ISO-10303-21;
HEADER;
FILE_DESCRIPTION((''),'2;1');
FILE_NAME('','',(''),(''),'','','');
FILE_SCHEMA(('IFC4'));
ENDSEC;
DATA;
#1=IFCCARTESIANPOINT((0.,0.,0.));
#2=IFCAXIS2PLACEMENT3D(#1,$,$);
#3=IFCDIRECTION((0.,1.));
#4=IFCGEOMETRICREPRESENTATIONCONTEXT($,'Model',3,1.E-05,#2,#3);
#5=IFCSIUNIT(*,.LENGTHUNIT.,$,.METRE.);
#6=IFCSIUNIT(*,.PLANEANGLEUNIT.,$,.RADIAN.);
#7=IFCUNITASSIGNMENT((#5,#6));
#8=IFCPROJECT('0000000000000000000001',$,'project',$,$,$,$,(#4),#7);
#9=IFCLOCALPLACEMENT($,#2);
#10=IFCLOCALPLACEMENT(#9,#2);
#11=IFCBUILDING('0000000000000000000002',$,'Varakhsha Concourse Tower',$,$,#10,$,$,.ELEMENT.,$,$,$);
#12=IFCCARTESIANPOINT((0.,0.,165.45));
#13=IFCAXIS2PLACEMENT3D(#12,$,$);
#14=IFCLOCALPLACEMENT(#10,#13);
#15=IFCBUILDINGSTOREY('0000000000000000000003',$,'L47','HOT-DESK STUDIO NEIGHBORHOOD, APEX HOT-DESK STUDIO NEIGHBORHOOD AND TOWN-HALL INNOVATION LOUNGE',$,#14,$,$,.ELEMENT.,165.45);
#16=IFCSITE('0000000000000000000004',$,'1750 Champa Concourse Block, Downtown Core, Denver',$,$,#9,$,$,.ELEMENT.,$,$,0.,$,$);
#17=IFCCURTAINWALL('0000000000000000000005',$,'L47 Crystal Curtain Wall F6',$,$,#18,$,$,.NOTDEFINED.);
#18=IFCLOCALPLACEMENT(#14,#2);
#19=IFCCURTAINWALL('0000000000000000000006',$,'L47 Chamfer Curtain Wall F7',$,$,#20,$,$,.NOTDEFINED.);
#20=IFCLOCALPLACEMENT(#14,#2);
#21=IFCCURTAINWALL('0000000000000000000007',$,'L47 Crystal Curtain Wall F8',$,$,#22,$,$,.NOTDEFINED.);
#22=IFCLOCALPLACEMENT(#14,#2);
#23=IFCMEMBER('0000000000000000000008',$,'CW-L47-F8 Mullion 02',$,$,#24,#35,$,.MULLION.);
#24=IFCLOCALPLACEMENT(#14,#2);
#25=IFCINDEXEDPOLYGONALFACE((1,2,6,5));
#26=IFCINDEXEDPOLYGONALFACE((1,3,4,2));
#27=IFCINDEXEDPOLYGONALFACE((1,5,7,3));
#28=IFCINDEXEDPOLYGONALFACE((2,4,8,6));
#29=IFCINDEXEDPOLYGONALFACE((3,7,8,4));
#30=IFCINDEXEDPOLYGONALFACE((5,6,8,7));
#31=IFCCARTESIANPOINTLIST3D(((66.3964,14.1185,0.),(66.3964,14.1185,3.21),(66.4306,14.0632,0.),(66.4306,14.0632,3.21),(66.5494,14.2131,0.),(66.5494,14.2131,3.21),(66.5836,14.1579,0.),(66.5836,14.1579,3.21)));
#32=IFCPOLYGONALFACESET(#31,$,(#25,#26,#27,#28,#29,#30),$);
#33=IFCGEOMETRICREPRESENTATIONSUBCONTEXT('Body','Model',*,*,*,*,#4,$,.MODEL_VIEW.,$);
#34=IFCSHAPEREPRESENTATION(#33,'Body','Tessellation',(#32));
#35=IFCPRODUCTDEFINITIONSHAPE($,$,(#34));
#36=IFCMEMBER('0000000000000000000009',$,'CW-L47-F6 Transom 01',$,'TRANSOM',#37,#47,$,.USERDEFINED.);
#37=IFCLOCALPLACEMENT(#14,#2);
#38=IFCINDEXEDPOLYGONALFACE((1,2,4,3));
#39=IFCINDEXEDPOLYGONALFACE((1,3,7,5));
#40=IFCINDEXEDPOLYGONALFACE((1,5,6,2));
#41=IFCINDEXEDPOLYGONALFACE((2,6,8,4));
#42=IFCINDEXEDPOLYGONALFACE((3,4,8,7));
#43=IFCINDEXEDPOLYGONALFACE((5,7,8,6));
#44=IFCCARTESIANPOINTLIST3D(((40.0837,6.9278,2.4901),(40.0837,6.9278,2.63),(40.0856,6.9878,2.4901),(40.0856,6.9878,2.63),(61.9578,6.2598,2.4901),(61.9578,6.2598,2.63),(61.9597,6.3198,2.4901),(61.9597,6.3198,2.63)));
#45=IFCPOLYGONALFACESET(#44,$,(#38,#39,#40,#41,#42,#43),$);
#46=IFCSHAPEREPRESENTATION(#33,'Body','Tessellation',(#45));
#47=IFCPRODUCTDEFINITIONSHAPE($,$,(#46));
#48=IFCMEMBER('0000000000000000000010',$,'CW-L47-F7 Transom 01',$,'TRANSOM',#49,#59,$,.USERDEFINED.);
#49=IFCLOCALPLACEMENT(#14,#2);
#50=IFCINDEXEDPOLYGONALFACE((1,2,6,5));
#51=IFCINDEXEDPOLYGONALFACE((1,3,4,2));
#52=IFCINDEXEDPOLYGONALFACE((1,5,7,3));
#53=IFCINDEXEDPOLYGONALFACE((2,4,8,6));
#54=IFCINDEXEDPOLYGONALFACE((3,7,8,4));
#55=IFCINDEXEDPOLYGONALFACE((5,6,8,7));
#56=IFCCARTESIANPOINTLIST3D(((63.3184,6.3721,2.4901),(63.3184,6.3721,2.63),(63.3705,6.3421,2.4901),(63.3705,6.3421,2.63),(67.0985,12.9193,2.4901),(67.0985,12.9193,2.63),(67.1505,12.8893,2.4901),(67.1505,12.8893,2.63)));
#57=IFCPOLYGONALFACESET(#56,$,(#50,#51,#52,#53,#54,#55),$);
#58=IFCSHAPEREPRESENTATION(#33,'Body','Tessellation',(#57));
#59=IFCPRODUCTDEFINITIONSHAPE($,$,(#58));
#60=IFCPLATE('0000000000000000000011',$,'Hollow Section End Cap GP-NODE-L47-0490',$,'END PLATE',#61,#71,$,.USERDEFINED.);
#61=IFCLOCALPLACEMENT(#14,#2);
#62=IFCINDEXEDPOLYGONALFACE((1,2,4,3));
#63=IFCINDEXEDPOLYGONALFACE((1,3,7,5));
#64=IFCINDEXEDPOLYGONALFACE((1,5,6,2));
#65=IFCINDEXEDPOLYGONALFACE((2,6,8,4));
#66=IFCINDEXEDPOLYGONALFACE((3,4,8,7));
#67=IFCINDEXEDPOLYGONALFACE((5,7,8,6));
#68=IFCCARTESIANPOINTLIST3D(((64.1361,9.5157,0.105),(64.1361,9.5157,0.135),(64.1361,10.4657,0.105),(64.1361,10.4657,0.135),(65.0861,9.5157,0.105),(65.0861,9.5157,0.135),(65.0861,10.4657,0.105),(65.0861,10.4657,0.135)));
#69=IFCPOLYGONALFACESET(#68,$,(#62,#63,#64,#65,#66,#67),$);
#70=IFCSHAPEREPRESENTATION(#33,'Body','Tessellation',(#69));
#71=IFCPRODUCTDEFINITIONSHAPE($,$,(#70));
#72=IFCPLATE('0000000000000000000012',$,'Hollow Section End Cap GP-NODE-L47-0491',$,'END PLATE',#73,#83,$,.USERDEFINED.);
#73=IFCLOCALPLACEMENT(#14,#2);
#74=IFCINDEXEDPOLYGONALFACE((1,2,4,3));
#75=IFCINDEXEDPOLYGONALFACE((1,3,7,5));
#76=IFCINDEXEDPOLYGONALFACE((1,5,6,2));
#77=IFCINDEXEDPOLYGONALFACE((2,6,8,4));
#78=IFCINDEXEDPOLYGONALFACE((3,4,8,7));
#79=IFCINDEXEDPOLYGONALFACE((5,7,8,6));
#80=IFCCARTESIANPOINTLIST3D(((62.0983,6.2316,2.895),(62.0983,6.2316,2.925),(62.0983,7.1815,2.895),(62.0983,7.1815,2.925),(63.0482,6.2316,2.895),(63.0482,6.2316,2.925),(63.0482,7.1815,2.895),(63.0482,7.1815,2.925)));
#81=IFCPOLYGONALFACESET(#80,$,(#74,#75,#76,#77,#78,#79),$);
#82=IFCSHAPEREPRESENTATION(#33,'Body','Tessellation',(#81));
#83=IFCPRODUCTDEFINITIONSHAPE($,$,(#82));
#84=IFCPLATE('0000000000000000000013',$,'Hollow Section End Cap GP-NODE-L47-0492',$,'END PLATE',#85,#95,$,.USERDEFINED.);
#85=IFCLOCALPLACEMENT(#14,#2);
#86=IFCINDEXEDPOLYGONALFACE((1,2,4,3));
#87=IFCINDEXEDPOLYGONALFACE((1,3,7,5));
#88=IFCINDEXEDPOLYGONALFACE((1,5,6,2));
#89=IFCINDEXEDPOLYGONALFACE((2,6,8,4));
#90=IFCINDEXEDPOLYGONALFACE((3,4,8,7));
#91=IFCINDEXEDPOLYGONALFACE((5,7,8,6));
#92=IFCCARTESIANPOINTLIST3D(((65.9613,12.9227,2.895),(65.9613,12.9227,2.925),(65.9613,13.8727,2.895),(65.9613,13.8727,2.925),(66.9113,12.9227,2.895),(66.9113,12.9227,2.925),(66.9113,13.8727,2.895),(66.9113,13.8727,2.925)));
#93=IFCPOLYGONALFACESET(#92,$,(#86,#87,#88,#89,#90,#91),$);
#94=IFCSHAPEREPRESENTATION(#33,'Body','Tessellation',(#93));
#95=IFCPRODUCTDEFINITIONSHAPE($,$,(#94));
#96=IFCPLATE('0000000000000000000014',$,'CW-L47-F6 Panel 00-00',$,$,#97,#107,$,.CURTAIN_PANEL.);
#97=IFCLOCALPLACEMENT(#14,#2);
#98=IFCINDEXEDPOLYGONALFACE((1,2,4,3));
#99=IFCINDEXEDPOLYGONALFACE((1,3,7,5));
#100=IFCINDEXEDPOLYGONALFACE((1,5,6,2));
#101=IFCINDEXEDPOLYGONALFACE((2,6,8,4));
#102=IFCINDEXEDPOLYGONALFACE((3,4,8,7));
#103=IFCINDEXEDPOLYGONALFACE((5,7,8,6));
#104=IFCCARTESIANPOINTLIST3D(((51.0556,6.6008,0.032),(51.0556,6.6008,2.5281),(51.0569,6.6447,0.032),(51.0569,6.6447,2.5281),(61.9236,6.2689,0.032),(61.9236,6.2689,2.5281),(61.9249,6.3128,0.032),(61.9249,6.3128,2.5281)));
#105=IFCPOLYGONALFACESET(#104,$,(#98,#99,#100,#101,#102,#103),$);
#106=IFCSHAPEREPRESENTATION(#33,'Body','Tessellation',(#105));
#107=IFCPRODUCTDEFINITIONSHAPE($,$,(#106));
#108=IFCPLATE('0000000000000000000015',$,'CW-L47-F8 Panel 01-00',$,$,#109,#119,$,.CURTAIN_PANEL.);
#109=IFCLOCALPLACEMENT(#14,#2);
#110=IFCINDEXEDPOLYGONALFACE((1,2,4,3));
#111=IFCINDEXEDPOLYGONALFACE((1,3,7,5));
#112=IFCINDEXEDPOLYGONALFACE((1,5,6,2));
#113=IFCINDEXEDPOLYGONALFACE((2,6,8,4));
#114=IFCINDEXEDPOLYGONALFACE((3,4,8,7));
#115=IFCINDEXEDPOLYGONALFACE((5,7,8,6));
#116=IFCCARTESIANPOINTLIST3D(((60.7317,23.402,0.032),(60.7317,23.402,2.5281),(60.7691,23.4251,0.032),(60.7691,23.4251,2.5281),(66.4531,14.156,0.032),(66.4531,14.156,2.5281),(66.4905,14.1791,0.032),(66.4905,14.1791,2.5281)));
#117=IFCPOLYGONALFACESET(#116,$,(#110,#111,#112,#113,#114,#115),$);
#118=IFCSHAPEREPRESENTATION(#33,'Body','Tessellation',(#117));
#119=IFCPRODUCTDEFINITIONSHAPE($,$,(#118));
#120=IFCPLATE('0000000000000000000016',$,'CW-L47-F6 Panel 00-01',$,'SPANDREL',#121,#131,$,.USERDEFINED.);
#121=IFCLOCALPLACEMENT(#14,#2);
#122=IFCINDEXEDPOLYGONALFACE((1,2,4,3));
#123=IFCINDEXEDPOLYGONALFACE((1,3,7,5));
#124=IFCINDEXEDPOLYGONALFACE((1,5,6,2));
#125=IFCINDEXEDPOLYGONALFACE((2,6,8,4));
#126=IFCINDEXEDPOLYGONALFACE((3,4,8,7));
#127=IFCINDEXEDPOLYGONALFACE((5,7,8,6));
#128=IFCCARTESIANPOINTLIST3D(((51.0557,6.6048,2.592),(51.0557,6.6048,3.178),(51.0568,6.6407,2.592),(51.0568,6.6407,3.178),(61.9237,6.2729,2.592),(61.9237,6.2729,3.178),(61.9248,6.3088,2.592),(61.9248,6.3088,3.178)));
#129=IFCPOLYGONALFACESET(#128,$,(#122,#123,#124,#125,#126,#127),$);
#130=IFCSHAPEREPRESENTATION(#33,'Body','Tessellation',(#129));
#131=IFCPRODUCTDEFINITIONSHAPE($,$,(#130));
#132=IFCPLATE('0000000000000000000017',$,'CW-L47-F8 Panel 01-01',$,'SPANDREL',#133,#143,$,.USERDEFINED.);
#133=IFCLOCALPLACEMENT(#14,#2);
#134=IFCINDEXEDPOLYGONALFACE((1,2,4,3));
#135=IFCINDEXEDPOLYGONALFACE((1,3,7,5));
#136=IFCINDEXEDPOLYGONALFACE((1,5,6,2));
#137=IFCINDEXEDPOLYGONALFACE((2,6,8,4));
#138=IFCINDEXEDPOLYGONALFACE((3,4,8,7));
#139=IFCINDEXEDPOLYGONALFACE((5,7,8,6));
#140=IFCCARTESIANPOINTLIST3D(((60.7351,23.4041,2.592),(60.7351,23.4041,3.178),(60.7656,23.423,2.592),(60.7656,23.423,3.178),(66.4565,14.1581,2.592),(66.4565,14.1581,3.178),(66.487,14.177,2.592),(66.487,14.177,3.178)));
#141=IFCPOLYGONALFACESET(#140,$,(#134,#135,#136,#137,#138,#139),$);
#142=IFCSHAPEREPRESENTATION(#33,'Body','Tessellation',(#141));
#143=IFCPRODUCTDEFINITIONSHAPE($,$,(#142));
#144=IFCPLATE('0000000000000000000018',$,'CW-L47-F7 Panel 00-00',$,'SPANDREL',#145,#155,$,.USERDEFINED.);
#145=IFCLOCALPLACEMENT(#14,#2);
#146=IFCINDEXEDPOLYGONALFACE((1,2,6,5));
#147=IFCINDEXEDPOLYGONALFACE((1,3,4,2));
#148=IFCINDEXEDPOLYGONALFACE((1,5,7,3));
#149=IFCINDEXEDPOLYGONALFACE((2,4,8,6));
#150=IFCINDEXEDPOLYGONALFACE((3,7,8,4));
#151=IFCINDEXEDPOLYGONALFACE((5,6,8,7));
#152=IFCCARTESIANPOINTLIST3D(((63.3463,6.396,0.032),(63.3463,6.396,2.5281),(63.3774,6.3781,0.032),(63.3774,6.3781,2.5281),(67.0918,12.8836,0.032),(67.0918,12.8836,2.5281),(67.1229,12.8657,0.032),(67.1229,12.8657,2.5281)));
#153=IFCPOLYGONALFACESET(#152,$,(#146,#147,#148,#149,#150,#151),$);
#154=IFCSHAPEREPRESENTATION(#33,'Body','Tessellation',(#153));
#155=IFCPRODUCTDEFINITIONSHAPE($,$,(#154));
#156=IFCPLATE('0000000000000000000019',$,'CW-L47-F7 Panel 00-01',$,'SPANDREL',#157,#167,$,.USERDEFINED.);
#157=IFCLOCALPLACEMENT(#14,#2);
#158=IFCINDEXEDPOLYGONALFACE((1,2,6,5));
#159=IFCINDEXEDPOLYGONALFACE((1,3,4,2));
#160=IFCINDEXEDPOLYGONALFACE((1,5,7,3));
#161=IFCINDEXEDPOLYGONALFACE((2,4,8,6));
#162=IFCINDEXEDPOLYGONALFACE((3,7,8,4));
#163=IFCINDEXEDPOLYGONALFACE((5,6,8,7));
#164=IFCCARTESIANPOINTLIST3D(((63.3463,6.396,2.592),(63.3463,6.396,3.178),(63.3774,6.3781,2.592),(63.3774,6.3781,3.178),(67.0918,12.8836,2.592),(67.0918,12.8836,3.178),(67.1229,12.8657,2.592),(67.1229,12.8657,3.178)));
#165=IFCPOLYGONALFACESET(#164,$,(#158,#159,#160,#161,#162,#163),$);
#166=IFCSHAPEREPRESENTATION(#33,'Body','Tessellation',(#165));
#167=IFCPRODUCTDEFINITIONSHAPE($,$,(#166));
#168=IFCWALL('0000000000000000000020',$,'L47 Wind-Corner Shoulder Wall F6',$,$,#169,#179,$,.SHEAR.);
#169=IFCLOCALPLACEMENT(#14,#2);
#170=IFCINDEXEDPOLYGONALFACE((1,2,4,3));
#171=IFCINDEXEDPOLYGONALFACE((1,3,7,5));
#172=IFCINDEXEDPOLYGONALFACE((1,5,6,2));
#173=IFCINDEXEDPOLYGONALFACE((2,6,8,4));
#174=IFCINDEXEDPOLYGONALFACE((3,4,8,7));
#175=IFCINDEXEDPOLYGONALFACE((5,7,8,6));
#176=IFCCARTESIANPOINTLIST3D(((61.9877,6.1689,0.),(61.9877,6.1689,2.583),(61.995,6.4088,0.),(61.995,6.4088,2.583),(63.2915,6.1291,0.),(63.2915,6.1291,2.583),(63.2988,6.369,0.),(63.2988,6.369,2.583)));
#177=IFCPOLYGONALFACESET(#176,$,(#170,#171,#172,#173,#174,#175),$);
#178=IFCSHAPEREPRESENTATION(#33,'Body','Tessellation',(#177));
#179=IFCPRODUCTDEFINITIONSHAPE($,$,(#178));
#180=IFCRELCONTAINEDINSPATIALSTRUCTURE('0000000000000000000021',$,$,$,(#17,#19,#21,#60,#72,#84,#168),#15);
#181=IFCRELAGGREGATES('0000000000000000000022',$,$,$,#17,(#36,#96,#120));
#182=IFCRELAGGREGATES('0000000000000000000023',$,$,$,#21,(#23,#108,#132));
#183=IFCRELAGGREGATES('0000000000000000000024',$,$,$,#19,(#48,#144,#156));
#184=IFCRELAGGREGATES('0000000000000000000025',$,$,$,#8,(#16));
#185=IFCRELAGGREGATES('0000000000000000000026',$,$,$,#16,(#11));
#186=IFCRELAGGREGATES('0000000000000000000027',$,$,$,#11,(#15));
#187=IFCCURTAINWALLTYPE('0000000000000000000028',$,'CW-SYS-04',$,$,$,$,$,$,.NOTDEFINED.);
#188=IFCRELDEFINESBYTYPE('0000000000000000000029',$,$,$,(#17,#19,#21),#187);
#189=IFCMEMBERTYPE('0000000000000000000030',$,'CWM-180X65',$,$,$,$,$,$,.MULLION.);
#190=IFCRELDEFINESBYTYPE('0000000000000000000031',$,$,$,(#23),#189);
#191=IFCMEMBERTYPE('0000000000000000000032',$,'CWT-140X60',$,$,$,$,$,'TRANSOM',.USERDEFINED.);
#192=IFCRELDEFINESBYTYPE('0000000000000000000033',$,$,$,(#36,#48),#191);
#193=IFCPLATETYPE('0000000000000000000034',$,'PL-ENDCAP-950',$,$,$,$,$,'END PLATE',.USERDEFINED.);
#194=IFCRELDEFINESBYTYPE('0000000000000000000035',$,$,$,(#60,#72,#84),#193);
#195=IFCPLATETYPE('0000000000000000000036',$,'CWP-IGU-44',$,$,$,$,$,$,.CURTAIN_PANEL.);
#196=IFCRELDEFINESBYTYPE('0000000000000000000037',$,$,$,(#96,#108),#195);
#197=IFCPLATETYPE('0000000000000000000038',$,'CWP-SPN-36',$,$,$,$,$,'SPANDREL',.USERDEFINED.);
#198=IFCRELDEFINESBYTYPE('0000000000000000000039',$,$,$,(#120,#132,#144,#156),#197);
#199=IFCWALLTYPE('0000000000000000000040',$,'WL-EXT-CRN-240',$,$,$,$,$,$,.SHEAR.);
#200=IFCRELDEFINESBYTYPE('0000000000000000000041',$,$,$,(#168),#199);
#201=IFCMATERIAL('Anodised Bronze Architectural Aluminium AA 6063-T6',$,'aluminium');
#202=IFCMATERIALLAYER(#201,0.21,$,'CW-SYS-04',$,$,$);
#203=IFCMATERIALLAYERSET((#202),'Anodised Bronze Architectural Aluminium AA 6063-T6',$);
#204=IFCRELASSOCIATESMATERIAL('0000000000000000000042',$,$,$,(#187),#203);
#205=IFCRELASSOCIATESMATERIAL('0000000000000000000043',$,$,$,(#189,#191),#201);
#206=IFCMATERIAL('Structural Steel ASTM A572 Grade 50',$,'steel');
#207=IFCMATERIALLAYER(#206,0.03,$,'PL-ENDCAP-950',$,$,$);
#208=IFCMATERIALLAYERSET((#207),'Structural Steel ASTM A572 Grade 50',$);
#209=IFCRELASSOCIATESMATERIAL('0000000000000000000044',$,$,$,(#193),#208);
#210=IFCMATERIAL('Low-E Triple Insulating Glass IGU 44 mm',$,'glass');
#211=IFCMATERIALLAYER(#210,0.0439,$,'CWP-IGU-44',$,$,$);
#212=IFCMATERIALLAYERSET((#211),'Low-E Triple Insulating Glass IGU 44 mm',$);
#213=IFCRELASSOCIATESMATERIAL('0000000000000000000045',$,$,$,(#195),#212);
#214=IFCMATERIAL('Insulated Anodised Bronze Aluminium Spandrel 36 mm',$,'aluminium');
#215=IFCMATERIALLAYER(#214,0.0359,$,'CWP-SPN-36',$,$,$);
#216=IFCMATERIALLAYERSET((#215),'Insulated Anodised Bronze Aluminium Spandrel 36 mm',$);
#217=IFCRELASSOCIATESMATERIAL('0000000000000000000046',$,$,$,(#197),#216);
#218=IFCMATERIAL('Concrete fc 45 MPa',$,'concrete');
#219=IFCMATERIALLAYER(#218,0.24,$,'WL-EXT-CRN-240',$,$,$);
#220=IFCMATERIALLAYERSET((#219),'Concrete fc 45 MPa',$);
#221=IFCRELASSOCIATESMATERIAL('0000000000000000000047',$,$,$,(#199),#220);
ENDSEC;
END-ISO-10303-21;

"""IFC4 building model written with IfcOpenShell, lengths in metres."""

from ifc_helpers import new_model, si_unit, direction, frame, frame_2d, origin, origin_2d, place, context, subcontext, project, spatial, rectangle, extrude, source, transform, mapped, material, layer, layer_set, material_profile, profile_set, type_object, type_shapes, element, aggregate, save


model = new_model("IFC4")

# Units and contexts
model_context = context("Model", 3, precision=1e-05, world=origin(), true_north=direction((0.0, 1.0)))
body_context = subcontext(model_context, "Body", "Model", "MODEL_VIEW")
ifc_project = project(units=[si_unit("LENGTHUNIT", "METRE"), si_unit("PLANEANGLEUNIT", "RADIAN")], contexts=[model_context])

# Site, building, storey
site_placement = place(None, origin())
site = spatial("IfcSite", under=ifc_project, at=site_placement, Name="1750 Champa Concourse Block, Downtown Core, Denver", CompositionType="ELEMENT", RefElevation=0.0)
building_placement = place(site_placement, origin())
building = spatial("IfcBuilding", under=site, at=building_placement, Name="Varakhsha Concourse Tower", CompositionType="ELEMENT")
storey_placement = place(building_placement, frame((0.0, 0.0, 165.45)))
storey = spatial("IfcBuildingStorey", under=building, at=storey_placement, Name="L47", Description="HOT-DESK STUDIO NEIGHBORHOOD, APEX HOT-DESK STUDIO NEIGHBORHOOD AND TOWN-HALL INNOVATION LOUNGE", CompositionType="ELEMENT", Elevation=165.45)

# Shared definitions
ifc_material_1 = material(Name="Structural Steel ASTM A572 Grade 50", Category="steel")

# Curtain wall
ifc_material_2 = material(Name="Anodised Bronze Architectural Aluminium AA 6063-T6", Category="aluminium")
ifc_layer_1 = layer(ifc_material_2, 0.21, Name="CW-SYS-04")
ifc_layer_set_1 = layer_set([ifc_layer_1], Name="Anodised Bronze Architectural Aluminium AA 6063-T6")
curtain_wall_type = type_object("IfcCurtainWallType", Name="CW-SYS-04", PredefinedType="NOTDEFINED", material=ifc_layer_set_1)
curtain_wall_1_placement = place(storey_placement, origin())
curtain_wall_1 = element("IfcCurtainWall", 1, at=curtain_wall_1_placement, inside=storey, type_object=curtain_wall_type, Name="L47 Crystal Curtain Wall F6", PredefinedType="NOTDEFINED")
ifc_material_profile_1 = material_profile(ifc_material_2, rectangle(XDim=0.0649, YDim=0.1799, at=origin_2d()), Name="CWM-180X65")
ifc_profile_set_1 = profile_set([ifc_material_profile_1], Name="Anodised Bronze Architectural Aluminium AA 6063-T6")
member_type_1 = type_object("IfcMemberType", Name="CWM-180X65", PredefinedType="MULLION", material=ifc_profile_set_1)
shared_shape_1 = source(origin(), body_context, "Body", "SweptSolid", [
    extrude(rectangle(XDim=0.0649, YDim=0.1799, at=origin_2d()), origin(), (0.0, 0.0, 1.0), 3.21),
])
type_shapes(member_type_1, [shared_shape_1])

# Curtain wall
curtain_wall_2_placement = place(storey_placement, origin())
curtain_wall_2 = element("IfcCurtainWall", 2, at=curtain_wall_2_placement, inside=storey, type_object=curtain_wall_type, Name="L47 Chamfer Curtain Wall F7", PredefinedType="NOTDEFINED")

# Curtain wall, member
curtain_wall_3_placement = place(storey_placement, origin())
curtain_wall_3 = element("IfcCurtainWall", 3, at=curtain_wall_3_placement, inside=storey, type_object=curtain_wall_type, Name="L47 Crystal Curtain Wall F8", PredefinedType="NOTDEFINED")
member_1_placement = place(storey_placement, frame((66.49, 14.1382, 0.0), z_axis=(0.0, 0.0, 1.0), x_axis=(0.526199, -0.850361, 0.0)))
member_1 = element("IfcMember", 4, at=member_1_placement, type_object=member_type_1, Name="CW-L47-F8 Mullion 02", PredefinedType="MULLION", context=body_context, shape_type="MappedRepresentation", body=[
    mapped(shared_shape_1, transform((0.0, 0.0, 0.0), scale=1.0)),
])

# Members
ifc_material_profile_2 = material_profile(ifc_material_2, rectangle(XDim=0.0601, YDim=0.1399, at=origin_2d()), Name="CWT-140X60")
ifc_profile_set_2 = profile_set([ifc_material_profile_2], Name="Anodised Bronze Architectural Aluminium AA 6063-T6")
member_type_2 = type_object("IfcMemberType", Name="CWT-140X60", ElementType="TRANSOM", PredefinedType="USERDEFINED", material=ifc_profile_set_2)
shared_shape_2 = source(origin(), body_context, "Body", "SweptSolid", [
    extrude(rectangle(XDim=0.0601, YDim=0.1399, at=origin_2d()), origin(), (0.0, 0.0, 1.0), 21.8843),
])
member_2_placement = place(storey_placement, frame((61.9587, 6.2898, 2.5601), z_axis=(-0.999534, 0.030523, 0.0), x_axis=(-0.030523, -0.999534, 0.0)))
member_2 = element("IfcMember", 5, at=member_2_placement, type_object=member_type_2, Name="CW-L47-F6 Transom 01", ObjectType="TRANSOM", PredefinedType="USERDEFINED", context=body_context, shape_type="MappedRepresentation", body=[
    mapped(shared_shape_2, transform((0.0, 0.0, 0.0), scale=1.0)),
])
shared_shape_3 = source(origin(), body_context, "Body", "SweptSolid", [
    extrude(rectangle(XDim=0.0601, YDim=0.1399, at=origin_2d()), origin(), (0.0, 0.0, 1.0), 7.5601),
])
type_shapes(member_type_2, [shared_shape_2, shared_shape_3])
member_3_placement = place(storey_placement, frame((67.1245, 12.9043, 2.5601), z_axis=(-0.500005, -0.866023, 0.0), x_axis=(0.866023, -0.500005, 0.0)))
member_3 = element("IfcMember", 6, at=member_3_placement, type_object=member_type_2, Name="CW-L47-F7 Transom 01", ObjectType="TRANSOM", PredefinedType="USERDEFINED", context=body_context, shape_type="MappedRepresentation", body=[
    mapped(shared_shape_3, transform((0.0, 0.0, 0.0), scale=1.0)),
])

# Plates
ifc_layer_2 = layer(ifc_material_1, 0.03, Name="PL-ENDCAP-950")
ifc_layer_set_2 = layer_set([ifc_layer_2], Name="Structural Steel ASTM A572 Grade 50")
plate_type_1 = type_object("IfcPlateType", Name="PL-ENDCAP-950", ElementType="END PLATE", PredefinedType="USERDEFINED", material=ifc_layer_set_2)
shared_shape_4 = source(origin(), body_context, "Body", "SweptSolid", [
    extrude(rectangle(XDim=0.95, YDim=0.95, at=origin_2d()), origin(), (0.0, 0.0, 1.0), 0.03),
])
type_shapes(plate_type_1, [shared_shape_4])
for number, where, z_axis, x_axis, name in (
    (7, (64.6111, 9.9907, 0.105), (0.0, 0.0, 1.0), (1.0, 0.0, 0.0), "Hollow Section End Cap GP-NODE-L47-0490"),
    (8, (62.5732, 6.7065, 2.895), (0.0, 0.0, 1.0), (1.0, 0.0, 0.0), "Hollow Section End Cap GP-NODE-L47-0491"),
    (9, (66.4363, 13.3977, 2.895), (0.0, 0.0, 1.0), (1.0, 0.0, 0.0), "Hollow Section End Cap GP-NODE-L47-0492"),
):
    element("IfcPlate", number, at=place(storey_placement, frame(where, z_axis=z_axis, x_axis=x_axis)), inside=storey, type_object=plate_type_1, Name=name, ObjectType="END PLATE", PredefinedType="USERDEFINED", context=body_context, shape_type="MappedRepresentation", body=[
        mapped(shared_shape_4, transform((0.0, 0.0, 0.0), scale=1.0)),
    ])

# Plates
ifc_material_3 = material(Name="Low-E Triple Insulating Glass IGU 44 mm", Category="glass")
ifc_layer_3 = layer(ifc_material_3, 0.0439, Name="CWP-IGU-44")
ifc_layer_set_3 = layer_set([ifc_layer_3], Name="Low-E Triple Insulating Glass IGU 44 mm")
plate_type_2 = type_object("IfcPlateType", Name="CWP-IGU-44", PredefinedType="CURTAIN_PANEL", material=ifc_layer_set_3)
shared_shape_5 = source(origin(), body_context, "Body", "SweptSolid", [
    extrude(rectangle(XDim=10.873, YDim=0.0439, at=origin_2d()), origin(), (0.0, 0.0, 1.0), 2.4961),
])
type_shapes(plate_type_2, [shared_shape_5])
plate_1_placement = place(storey_placement, frame((56.4902, 6.4568, 0.032), z_axis=(0.0, 0.0, 1.0), x_axis=(-0.999534, 0.030525, 0.0)))
plate_1 = element("IfcPlate", 10, at=plate_1_placement, type_object=plate_type_2, Name="CW-L47-F6 Panel 00-00", PredefinedType="CURTAIN_PANEL", context=body_context, shape_type="MappedRepresentation", body=[
    mapped(shared_shape_5, transform((0.0, 0.0, 0.0), scale=1.0)),
])
plate_2_placement = place(storey_placement, frame((63.6111, 18.7905, 0.032), z_axis=(0.0, 0.0, 1.0), x_axis=(0.526199, -0.850361, 0.0)))
plate_2 = element("IfcPlate", 11, at=plate_2_placement, type_object=plate_type_2, Name="CW-L47-F8 Panel 01-00", PredefinedType="CURTAIN_PANEL", context=body_context, shape_type="MappedRepresentation", body=[
    mapped(shared_shape_5, transform((0.0, 0.0, 0.0), scale=1.0)),
])
ifc_material_4 = material(Name="Insulated Anodised Bronze Aluminium Spandrel 36 mm", Category="aluminium")
ifc_layer_4 = layer(ifc_material_4, 0.0359, Name="CWP-SPN-36")
ifc_layer_set_4 = layer_set([ifc_layer_4], Name="Insulated Anodised Bronze Aluminium Spandrel 36 mm")
plate_type_3 = type_object("IfcPlateType", Name="CWP-SPN-36", ElementType="SPANDREL", PredefinedType="USERDEFINED", material=ifc_layer_set_4)
shared_shape_6 = source(origin(), body_context, "Body", "SweptSolid", [
    extrude(rectangle(XDim=10.873, YDim=0.0359, at=origin_2d()), origin(), (0.0, 0.0, 1.0), 0.5859),
])
plate_3_placement = place(storey_placement, frame((56.4902, 6.4568, 2.592), z_axis=(0.0, 0.0, 1.0), x_axis=(-0.999534, 0.030525, 0.0)))
plate_3 = element("IfcPlate", 12, at=plate_3_placement, type_object=plate_type_3, Name="CW-L47-F6 Panel 00-01", ObjectType="SPANDREL", PredefinedType="USERDEFINED", context=body_context, shape_type="MappedRepresentation", body=[
    mapped(shared_shape_6, transform((0.0, 0.0, 0.0), scale=1.0)),
])
aggregate(curtain_wall_1, [member_2, plate_1, plate_3])
plate_4_placement = place(storey_placement, frame((63.6111, 18.7905, 2.592), z_axis=(0.0, 0.0, 1.0), x_axis=(0.526199, -0.850361, 0.0)))
plate_4 = element("IfcPlate", 13, at=plate_4_placement, type_object=plate_type_3, Name="CW-L47-F8 Panel 01-01", ObjectType="SPANDREL", PredefinedType="USERDEFINED", context=body_context, shape_type="MappedRepresentation", body=[
    mapped(shared_shape_6, transform((0.0, 0.0, 0.0), scale=1.0)),
])
aggregate(curtain_wall_3, [member_1, plate_2, plate_4])
shared_shape_7 = source(origin(), body_context, "Body", "SweptSolid", [
    extrude(rectangle(XDim=7.4912, YDim=0.0359, at=origin_2d()), origin(), (0.0, 0.0, 1.0), 2.4961),
])
plate_5_placement = place(storey_placement, frame((65.2346, 9.6309, 0.032), z_axis=(0.0, 0.0, 1.0), x_axis=(-0.499991, -0.866031, 0.0)))
plate_5 = element("IfcPlate", 14, at=plate_5_placement, type_object=plate_type_3, Name="CW-L47-F7 Panel 00-00", ObjectType="SPANDREL", PredefinedType="USERDEFINED", context=body_context, shape_type="MappedRepresentation", body=[
    mapped(shared_shape_7, transform((0.0, 0.0, 0.0), scale=1.0)),
])
shared_shape_8 = source(origin(), body_context, "Body", "SweptSolid", [
    extrude(rectangle(XDim=7.4912, YDim=0.0359, at=origin_2d()), origin(), (0.0, 0.0, 1.0), 0.5859),
])
type_shapes(plate_type_3, [shared_shape_6, shared_shape_7, shared_shape_8])
plate_6_placement = place(storey_placement, frame((65.2346, 9.6309, 2.592), z_axis=(0.0, 0.0, 1.0), x_axis=(-0.499991, -0.866031, 0.0)))
plate_6 = element("IfcPlate", 15, at=plate_6_placement, type_object=plate_type_3, Name="CW-L47-F7 Panel 00-01", ObjectType="SPANDREL", PredefinedType="USERDEFINED", context=body_context, shape_type="MappedRepresentation", body=[
    mapped(shared_shape_8, transform((0.0, 0.0, 0.0), scale=1.0)),
])
aggregate(curtain_wall_2, [member_3, plate_5, plate_6])

# Wall
ifc_material_5 = material(Name="Concrete fc 45 MPa", Category="concrete")
ifc_layer_5 = layer(ifc_material_5, 0.24, Name="WL-EXT-CRN-240")
ifc_layer_set_5 = layer_set([ifc_layer_5], Name="Concrete fc 45 MPa")
wall_type = type_object("IfcWallType", Name="WL-EXT-CRN-240", PredefinedType="SHEAR", material=ifc_layer_set_5)
wall_1_placement = place(storey_placement, frame((61.9912, 6.2888, 0.0), z_axis=(0.0, 0.0, 1.0), x_axis=(0.999535, -0.030504, 0.0)))
element("IfcWall", 16, at=wall_1_placement, inside=storey, type_object=wall_type, Name="L47 Wind-Corner Shoulder Wall F6", PredefinedType="SHEAR", context=body_context, shape_type="SweptSolid", body=[
    extrude(rectangle(XDim=1.3044, YDim=0.24, at=frame_2d((0.6523, 0.0))), origin(), (0.0, 0.0, 1.0), 2.583),
])

save(model, "model.ifc")
